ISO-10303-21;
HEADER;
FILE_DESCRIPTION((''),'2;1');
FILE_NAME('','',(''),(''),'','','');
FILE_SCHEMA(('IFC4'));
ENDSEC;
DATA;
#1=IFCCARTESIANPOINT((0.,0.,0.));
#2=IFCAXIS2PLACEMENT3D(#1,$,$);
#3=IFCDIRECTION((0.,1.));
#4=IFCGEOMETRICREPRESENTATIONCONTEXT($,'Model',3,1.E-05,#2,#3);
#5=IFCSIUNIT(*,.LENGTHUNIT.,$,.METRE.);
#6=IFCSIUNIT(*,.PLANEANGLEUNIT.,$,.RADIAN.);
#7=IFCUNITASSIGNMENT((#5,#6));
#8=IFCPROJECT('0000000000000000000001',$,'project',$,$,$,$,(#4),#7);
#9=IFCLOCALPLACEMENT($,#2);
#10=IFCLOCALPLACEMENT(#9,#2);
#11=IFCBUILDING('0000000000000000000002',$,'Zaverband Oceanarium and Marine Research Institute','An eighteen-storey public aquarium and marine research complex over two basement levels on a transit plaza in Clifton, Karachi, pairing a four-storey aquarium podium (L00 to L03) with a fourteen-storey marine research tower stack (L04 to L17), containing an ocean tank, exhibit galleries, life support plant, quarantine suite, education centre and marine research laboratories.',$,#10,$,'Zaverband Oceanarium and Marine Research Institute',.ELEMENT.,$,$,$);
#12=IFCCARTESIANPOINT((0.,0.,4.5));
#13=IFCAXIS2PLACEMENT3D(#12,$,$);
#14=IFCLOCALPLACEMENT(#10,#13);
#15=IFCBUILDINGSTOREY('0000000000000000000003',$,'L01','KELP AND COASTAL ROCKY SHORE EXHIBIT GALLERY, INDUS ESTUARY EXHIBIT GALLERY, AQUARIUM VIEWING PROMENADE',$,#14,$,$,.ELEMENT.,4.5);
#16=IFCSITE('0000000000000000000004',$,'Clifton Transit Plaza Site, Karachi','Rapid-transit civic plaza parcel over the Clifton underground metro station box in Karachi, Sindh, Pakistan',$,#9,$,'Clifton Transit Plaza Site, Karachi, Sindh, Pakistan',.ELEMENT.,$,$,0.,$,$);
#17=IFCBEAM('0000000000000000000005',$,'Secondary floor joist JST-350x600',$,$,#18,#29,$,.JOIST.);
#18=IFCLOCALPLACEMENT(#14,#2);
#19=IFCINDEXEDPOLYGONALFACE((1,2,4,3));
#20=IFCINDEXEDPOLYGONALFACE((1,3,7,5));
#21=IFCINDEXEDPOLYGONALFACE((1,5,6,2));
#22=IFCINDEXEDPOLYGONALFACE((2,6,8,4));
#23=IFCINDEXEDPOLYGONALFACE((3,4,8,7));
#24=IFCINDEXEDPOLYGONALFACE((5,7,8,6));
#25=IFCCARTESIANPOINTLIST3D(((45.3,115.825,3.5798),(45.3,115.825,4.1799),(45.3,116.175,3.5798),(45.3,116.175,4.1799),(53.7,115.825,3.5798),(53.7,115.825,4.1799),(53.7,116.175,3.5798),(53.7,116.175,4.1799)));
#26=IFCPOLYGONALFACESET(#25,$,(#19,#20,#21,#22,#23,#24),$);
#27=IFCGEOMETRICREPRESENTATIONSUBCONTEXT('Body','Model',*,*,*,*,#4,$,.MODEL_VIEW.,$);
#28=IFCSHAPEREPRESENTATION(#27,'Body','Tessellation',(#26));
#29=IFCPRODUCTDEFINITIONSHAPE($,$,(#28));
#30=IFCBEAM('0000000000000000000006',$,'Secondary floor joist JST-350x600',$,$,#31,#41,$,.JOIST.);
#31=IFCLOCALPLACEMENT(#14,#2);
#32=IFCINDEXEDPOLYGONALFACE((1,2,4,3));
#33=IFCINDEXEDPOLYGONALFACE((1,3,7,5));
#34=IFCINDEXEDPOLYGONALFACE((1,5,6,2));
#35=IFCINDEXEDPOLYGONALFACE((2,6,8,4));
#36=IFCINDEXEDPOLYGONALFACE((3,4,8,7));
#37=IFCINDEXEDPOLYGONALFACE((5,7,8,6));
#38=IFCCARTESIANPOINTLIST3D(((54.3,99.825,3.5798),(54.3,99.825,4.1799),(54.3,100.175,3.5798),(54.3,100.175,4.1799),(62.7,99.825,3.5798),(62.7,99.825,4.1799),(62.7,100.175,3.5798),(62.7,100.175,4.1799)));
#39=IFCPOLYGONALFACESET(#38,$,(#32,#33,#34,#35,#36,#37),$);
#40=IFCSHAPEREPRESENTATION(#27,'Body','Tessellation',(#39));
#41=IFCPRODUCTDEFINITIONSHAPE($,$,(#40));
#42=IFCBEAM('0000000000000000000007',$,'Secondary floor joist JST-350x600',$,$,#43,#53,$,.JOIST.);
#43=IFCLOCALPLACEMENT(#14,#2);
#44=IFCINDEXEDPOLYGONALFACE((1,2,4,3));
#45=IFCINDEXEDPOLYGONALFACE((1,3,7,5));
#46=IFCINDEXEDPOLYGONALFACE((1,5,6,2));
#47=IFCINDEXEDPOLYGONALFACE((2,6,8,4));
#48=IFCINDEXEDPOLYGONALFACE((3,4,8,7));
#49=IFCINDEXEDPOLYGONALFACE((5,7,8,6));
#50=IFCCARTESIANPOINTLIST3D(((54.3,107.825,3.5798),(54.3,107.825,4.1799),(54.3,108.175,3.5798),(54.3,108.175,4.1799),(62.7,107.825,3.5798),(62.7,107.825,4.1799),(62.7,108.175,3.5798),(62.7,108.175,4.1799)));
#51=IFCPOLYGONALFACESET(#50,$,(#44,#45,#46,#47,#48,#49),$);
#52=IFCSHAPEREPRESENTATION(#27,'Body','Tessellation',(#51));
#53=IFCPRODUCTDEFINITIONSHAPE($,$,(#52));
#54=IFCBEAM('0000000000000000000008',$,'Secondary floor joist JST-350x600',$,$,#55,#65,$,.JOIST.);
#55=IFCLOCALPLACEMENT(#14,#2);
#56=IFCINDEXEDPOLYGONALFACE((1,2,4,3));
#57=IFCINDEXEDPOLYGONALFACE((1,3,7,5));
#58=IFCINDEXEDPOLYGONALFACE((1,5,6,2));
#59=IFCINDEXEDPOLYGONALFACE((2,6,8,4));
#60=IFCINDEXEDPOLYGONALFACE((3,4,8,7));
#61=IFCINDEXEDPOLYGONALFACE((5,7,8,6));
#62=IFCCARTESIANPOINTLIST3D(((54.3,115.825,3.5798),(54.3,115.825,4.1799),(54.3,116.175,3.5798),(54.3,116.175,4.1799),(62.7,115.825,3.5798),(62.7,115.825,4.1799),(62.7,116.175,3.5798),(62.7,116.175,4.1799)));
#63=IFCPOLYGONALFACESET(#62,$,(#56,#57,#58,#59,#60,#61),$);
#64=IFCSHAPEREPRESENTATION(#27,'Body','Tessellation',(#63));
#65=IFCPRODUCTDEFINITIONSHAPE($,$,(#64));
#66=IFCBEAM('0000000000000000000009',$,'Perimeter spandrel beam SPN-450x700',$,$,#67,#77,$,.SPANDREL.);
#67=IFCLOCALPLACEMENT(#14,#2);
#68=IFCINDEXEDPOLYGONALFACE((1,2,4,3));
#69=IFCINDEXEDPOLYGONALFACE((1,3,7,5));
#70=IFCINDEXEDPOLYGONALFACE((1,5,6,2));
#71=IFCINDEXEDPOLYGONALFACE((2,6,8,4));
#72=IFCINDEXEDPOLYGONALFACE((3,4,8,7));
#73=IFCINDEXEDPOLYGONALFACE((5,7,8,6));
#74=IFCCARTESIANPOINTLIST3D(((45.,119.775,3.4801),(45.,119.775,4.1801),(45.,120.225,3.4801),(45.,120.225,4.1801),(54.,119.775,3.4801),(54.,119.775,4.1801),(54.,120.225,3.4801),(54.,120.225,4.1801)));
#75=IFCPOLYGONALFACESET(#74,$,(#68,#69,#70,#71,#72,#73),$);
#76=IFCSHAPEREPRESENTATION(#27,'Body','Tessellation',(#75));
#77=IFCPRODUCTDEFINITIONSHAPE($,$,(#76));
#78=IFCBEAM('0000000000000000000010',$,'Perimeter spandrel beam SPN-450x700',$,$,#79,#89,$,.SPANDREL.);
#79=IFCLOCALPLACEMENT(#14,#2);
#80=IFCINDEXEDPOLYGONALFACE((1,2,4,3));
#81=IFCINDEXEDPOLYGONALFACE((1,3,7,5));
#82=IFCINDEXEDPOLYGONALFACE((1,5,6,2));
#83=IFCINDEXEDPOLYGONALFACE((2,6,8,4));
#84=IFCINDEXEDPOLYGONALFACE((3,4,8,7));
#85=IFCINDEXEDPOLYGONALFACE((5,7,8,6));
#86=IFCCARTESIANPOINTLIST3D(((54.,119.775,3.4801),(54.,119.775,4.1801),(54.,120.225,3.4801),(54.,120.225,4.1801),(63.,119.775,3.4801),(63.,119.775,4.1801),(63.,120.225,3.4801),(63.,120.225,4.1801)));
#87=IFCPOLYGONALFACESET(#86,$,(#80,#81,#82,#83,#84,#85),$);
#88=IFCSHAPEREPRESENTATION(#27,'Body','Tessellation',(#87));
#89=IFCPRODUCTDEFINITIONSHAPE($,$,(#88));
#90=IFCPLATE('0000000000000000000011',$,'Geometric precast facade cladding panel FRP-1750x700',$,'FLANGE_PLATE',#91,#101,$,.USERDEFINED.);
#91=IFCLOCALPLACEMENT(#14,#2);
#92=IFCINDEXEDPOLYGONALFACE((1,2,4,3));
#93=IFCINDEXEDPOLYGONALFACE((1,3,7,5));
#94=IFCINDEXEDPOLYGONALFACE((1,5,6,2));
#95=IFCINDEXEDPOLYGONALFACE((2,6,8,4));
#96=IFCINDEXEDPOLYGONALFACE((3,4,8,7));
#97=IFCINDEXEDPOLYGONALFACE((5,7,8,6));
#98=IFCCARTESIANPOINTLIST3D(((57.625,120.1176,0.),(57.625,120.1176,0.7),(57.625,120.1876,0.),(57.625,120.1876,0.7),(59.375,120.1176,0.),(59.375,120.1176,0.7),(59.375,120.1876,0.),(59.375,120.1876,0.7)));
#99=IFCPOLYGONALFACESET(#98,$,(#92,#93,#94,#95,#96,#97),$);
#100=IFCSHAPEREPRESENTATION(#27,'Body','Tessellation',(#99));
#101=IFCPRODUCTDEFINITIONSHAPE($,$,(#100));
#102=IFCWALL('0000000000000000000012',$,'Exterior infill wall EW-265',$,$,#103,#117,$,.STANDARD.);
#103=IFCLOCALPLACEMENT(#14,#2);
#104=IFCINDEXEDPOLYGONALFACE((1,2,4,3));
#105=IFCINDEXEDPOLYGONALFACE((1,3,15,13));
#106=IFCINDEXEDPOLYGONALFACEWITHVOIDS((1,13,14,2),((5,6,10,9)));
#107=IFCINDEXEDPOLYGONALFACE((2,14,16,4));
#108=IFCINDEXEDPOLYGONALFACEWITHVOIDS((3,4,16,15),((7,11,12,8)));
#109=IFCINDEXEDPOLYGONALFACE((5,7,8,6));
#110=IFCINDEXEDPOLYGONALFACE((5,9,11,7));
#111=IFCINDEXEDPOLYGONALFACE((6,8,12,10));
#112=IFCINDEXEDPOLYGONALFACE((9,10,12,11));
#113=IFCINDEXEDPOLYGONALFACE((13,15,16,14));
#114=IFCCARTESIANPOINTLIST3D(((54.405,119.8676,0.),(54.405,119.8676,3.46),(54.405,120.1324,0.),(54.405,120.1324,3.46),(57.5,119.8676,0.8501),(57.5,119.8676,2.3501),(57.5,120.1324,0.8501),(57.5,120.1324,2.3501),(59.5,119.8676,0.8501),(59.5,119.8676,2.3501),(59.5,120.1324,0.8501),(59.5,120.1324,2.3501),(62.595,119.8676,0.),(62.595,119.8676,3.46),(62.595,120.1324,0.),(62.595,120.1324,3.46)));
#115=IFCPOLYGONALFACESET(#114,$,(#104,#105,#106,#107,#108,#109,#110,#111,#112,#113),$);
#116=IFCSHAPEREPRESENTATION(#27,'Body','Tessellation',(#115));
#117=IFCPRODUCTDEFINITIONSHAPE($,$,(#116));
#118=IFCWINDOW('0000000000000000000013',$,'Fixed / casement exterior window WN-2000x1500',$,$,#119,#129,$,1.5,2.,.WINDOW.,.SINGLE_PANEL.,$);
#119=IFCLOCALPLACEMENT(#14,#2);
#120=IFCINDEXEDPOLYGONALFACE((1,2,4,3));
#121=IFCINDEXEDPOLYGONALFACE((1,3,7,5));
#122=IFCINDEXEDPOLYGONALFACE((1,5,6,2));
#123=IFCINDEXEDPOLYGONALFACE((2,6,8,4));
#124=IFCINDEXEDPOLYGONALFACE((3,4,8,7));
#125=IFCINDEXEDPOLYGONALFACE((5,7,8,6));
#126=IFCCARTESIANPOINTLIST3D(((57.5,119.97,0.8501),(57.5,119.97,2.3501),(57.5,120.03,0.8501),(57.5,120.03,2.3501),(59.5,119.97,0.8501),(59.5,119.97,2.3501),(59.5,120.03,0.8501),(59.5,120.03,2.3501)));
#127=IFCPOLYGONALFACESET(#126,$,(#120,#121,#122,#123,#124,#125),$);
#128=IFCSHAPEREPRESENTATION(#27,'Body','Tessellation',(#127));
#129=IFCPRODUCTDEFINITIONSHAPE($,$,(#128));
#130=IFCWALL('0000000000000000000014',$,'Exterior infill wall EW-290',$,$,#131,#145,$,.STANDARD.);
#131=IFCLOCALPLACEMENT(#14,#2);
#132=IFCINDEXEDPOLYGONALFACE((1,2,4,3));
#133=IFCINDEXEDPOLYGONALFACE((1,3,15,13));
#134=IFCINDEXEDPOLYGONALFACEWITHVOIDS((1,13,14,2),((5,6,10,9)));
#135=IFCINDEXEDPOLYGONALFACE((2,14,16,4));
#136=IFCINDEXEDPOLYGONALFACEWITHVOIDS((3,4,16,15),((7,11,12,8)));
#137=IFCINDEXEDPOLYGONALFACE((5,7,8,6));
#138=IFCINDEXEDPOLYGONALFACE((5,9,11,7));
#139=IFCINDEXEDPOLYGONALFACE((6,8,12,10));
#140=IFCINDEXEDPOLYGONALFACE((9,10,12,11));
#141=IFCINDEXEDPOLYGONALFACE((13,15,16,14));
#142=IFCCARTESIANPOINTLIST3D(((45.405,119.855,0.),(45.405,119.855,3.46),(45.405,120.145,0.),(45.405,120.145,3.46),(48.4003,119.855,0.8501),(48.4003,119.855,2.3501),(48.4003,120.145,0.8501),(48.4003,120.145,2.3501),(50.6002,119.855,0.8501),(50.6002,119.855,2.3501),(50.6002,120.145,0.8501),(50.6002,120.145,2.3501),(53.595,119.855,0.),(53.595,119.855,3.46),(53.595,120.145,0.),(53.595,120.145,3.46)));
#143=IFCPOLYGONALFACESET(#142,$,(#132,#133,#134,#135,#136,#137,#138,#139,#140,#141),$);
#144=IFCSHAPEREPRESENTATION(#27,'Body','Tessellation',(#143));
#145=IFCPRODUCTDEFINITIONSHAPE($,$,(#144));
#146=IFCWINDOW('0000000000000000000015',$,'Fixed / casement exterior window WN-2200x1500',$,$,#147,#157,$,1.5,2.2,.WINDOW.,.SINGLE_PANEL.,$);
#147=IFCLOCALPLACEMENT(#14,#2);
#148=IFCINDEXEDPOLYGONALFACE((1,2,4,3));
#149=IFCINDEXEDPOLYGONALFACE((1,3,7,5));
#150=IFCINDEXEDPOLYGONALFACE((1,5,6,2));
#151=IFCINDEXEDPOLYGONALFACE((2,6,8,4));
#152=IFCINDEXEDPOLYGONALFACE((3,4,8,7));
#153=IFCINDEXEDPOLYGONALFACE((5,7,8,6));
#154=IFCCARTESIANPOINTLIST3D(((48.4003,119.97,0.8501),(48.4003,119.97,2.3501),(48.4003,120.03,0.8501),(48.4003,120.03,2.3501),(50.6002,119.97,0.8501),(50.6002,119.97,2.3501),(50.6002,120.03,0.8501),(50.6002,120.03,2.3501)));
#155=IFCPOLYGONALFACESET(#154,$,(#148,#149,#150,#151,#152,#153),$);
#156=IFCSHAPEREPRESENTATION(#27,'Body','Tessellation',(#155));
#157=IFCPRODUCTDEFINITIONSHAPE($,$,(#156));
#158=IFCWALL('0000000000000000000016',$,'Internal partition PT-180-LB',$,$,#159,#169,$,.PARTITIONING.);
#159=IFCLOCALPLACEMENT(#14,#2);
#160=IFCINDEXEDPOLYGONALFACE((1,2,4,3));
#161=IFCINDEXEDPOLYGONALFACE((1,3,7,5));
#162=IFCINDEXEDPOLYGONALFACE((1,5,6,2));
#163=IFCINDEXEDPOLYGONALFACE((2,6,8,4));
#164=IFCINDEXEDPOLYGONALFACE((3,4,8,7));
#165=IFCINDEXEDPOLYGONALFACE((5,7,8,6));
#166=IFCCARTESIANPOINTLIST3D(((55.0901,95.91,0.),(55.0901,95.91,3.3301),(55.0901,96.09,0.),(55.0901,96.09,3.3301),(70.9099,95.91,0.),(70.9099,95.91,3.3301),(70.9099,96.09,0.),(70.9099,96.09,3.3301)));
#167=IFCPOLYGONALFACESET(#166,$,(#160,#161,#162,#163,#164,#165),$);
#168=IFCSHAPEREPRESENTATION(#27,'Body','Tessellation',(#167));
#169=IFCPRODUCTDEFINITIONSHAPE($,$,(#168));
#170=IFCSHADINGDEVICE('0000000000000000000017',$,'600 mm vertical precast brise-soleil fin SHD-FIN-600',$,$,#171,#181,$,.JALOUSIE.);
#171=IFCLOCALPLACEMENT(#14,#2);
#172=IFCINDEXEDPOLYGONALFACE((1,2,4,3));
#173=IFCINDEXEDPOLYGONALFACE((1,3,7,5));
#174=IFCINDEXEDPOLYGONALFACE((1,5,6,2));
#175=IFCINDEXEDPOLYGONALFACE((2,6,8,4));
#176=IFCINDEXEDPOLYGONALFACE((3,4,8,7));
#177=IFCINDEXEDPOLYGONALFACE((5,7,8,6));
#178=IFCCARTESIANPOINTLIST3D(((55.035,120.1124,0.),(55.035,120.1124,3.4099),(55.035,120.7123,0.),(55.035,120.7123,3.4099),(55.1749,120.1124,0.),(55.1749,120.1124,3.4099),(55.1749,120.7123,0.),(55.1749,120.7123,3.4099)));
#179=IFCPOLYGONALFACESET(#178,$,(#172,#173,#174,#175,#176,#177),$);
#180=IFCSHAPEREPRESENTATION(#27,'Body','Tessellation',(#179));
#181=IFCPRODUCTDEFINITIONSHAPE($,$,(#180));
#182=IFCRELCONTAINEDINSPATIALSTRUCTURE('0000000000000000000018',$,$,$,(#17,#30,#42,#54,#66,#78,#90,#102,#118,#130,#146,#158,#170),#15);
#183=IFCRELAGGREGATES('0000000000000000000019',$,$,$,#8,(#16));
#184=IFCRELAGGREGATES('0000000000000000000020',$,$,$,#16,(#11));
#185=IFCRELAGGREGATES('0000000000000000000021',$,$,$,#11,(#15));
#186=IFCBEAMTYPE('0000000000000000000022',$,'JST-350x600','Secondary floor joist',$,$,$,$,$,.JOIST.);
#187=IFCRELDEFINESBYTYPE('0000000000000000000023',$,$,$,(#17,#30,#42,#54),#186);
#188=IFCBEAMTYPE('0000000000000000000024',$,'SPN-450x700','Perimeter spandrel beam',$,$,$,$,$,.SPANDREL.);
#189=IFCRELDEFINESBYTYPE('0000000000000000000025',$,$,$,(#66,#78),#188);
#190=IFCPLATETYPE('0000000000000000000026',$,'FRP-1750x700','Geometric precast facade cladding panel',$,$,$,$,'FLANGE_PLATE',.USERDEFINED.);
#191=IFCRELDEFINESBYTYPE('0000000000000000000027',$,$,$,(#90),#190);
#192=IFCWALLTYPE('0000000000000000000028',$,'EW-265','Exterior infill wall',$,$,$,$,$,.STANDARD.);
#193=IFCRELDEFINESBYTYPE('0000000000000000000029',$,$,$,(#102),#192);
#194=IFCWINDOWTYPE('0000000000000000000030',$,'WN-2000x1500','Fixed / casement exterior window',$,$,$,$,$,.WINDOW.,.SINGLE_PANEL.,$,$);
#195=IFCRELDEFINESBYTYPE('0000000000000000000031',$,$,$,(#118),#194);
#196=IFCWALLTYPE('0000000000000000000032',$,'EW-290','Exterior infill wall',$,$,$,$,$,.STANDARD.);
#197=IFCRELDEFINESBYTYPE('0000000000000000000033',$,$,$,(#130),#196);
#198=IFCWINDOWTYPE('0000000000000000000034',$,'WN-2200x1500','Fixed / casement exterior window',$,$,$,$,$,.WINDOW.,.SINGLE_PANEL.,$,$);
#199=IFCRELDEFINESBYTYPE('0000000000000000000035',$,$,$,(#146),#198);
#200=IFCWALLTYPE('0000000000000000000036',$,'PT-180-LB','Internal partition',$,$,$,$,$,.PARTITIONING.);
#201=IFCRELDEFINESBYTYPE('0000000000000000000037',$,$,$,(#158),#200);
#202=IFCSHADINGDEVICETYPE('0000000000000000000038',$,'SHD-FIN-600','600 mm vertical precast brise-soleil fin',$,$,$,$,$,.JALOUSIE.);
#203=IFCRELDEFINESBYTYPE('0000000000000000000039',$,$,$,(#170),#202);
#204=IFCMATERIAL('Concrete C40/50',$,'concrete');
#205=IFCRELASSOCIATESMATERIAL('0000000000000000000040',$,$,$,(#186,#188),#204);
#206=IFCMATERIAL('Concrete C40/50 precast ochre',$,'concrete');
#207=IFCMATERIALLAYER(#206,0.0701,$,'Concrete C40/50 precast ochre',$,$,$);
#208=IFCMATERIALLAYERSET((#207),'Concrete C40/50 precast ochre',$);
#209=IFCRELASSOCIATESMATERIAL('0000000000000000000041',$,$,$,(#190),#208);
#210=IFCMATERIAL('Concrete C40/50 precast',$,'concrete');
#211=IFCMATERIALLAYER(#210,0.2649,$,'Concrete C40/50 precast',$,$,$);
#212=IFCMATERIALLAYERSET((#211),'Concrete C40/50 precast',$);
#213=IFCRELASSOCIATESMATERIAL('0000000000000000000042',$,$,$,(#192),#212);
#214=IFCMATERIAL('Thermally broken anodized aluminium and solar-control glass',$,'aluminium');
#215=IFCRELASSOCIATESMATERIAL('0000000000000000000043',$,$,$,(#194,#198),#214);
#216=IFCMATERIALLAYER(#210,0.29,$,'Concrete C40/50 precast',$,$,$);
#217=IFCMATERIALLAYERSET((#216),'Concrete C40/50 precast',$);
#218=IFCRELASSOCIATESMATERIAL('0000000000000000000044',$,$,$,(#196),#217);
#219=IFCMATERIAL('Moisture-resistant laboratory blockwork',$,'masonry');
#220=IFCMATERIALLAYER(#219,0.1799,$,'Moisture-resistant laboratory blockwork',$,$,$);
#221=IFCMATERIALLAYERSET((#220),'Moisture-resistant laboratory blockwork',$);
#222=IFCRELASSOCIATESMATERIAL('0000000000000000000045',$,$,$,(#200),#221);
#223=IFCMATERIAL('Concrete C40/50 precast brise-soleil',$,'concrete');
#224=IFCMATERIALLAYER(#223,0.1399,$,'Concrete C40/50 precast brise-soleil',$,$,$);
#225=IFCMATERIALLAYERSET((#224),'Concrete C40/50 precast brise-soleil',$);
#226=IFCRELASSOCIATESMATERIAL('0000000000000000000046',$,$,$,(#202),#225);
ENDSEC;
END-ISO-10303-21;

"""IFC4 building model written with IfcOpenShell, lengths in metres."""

from ifc_helpers import new_model, si_unit, direction, frame, frame_2d, origin, origin_2d, place, context, subcontext, project, spatial, rectangle, extrude, material, layer, layer_set, material_profile, profile_set, type_object, element, fill, save


model = new_model("IFC4")

# Units and contexts
model_context = context("Model", 3, precision=1e-05, world=origin(), true_north=direction((0.0, 1.0)))
body_context = subcontext(model_context, "Body", "Model", "MODEL_VIEW")
ifc_project = project(units=[si_unit("LENGTHUNIT", "METRE"), si_unit("PLANEANGLEUNIT", "RADIAN")], contexts=[model_context])

# Site, building, storey
site_placement = place(None, origin())
site = spatial("IfcSite", under=ifc_project, at=site_placement, Name="Clifton Transit Plaza Site, Karachi", Description="Rapid-transit civic plaza parcel over the Clifton underground metro station box in Karachi, Sindh, Pakistan", LongName="Clifton Transit Plaza Site, Karachi, Sindh, Pakistan", CompositionType="ELEMENT", RefElevation=0.0)
building_placement = place(site_placement, origin())
building = spatial("IfcBuilding", under=site, at=building_placement, Name="Zaverband Oceanarium and Marine Research Institute", Description="An eighteen-storey public aquarium and marine research complex over two basement levels on a transit plaza in Clifton, Karachi, pairing a four-storey aquarium podium (L00 to L03) with a fourteen-storey marine research tower stack (L04 to L17), containing an ocean tank, exhibit galleries, life support plant, quarantine suite, education centre and marine research laboratories.", LongName="Zaverband Oceanarium and Marine Research Institute", CompositionType="ELEMENT")
storey_placement = place(building_placement, frame((0.0, 0.0, 4.5)))
storey = spatial("IfcBuildingStorey", under=building, at=storey_placement, Name="L01", Description="KELP AND COASTAL ROCKY SHORE EXHIBIT GALLERY, INDUS ESTUARY EXHIBIT GALLERY, AQUARIUM VIEWING PROMENADE", CompositionType="ELEMENT", Elevation=4.5)

# Beams
ifc_material_1 = material(Name="Concrete C40/50", Category="concrete")
ifc_material_profile_1 = material_profile(ifc_material_1, rectangle(XDim=0.3501, YDim=0.6001, at=origin_2d()), Name="RC350x600")
ifc_profile_set_1 = profile_set([ifc_material_profile_1], Name="Concrete C40/50")
beam_type_1 = type_object("IfcBeamType", Name="JST-350x600", Description="Secondary floor joist", PredefinedType="JOIST", material=ifc_profile_set_1)
for number, where, z_axis, x_axis, name in (
    (1, (45.3, 116.0, 3.8799), (1.0, 0.0, 0.0), (0.0, 1.0, 0.0), "Secondary floor joist JST-350x600"),
    (2, (54.3, 100.0, 3.8799), (1.0, 0.0, 0.0), (0.0, 1.0, 0.0), "Secondary floor joist JST-350x600"),
    (3, (54.3, 108.0, 3.8799), (1.0, 0.0, 0.0), (0.0, 1.0, 0.0), "Secondary floor joist JST-350x600"),
    (4, (54.3, 116.0, 3.8799), (1.0, 0.0, 0.0), (0.0, 1.0, 0.0), "Secondary floor joist JST-350x600"),
):
    element("IfcBeam", number, at=place(storey_placement, frame(where, z_axis=z_axis, x_axis=x_axis)), inside=storey, type_object=beam_type_1, Name=name, PredefinedType="JOIST", context=body_context, shape_type="SweptSolid", body=[
        extrude(rectangle(XDim=0.3501, YDim=0.6001, at=origin_2d()), origin(), (0.0, 0.0, 1.0), 8.3999),
    ])
ifc_material_profile_2 = material_profile(ifc_material_1, rectangle(XDim=0.45, YDim=0.7, at=origin_2d()), Name="RC450x700")
ifc_profile_set_2 = profile_set([ifc_material_profile_2], Name="Concrete C40/50")
beam_type_2 = type_object("IfcBeamType", Name="SPN-450x700", Description="Perimeter spandrel beam", PredefinedType="SPANDREL", material=ifc_profile_set_2)
for number, where, z_axis, x_axis, name in (
    (5, (45.0, 120.0, 3.8301), (1.0, 0.0, 0.0), (0.0, 1.0, 0.0), "Perimeter spandrel beam SPN-450x700"),
    (6, (54.0, 120.0, 3.8301), (1.0, 0.0, 0.0), (0.0, 1.0, 0.0), "Perimeter spandrel beam SPN-450x700"),
):
    element("IfcBeam", number, at=place(storey_placement, frame(where, z_axis=z_axis, x_axis=x_axis)), inside=storey, type_object=beam_type_2, Name=name, PredefinedType="SPANDREL", context=body_context, shape_type="SweptSolid", body=[
        extrude(rectangle(XDim=0.45, YDim=0.7, at=origin_2d()), origin(), (0.0, 0.0, 1.0), 9.0),
    ])

# Plate
ifc_material_2 = material(Name="Concrete C40/50 precast ochre", Category="concrete")
ifc_layer_1 = layer(ifc_material_2, 0.0701, Name="Concrete C40/50 precast ochre")
ifc_layer_set_1 = layer_set([ifc_layer_1], Name="Concrete C40/50 precast ochre")
plate_type = type_object("IfcPlateType", Name="FRP-1750x700", Description="Geometric precast facade cladding panel", ElementType="FLANGE_PLATE", PredefinedType="USERDEFINED", material=ifc_layer_set_1)
plate_placement = place(storey_placement, frame((57.625, 120.1526, 0.0), z_axis=(0.0, 0.0, 1.0), x_axis=(1.0, 0.0, 0.0)))
element("IfcPlate", 7, at=plate_placement, inside=storey, type_object=plate_type, Name="Geometric precast facade cladding panel FRP-1750x700", ObjectType="FLANGE_PLATE", PredefinedType="USERDEFINED", context=body_context, shape_type="SweptSolid", body=[
    extrude(rectangle(XDim=1.75, YDim=0.0701, at=frame_2d((0.875, 0.0))), origin(), (0.0, 0.0, 1.0), 0.7),
])

# Walls, openings, windows
ifc_material_3 = material(Name="Concrete C40/50 precast", Category="concrete")
ifc_layer_2 = layer(ifc_material_3, 0.2649, Name="Concrete C40/50 precast")
ifc_layer_set_2 = layer_set([ifc_layer_2], Name="Concrete C40/50 precast")
wall_type_1 = type_object("IfcWallType", Name="EW-265", Description="Exterior infill wall", PredefinedType="STANDARD", material=ifc_layer_set_2)
wall_1_placement = place(storey_placement, frame((54.405, 120.0, 0.0), z_axis=(0.0, 0.0, 1.0), x_axis=(1.0, 0.0, 0.0)))
wall_1 = element("IfcWall", 8, at=wall_1_placement, inside=storey, type_object=wall_type_1, Name="Exterior infill wall EW-265", PredefinedType="STANDARD", context=body_context, shape_type="SweptSolid", body=[
    extrude(rectangle(XDim=8.1899, YDim=0.2649, at=frame_2d((4.095, 0.0))), origin(), (0.0, 0.0, 1.0), 3.46),
])
opening_1_placement = place(wall_1_placement, frame((3.095, 0.0, 0.8501)))
opening_1 = element("IfcOpeningElement", 9, at=opening_1_placement, cuts=wall_1, PredefinedType="OPENING", context=body_context, shape_type="SweptSolid", body=[
    extrude(rectangle(XDim=2.0, YDim=1.5, at=frame_2d((1.0, 0.75))), frame((0.0, 0.1445, 0.0), z_axis=(0.0, -1.0, 0.0), x_axis=(1.0, 0.0, 0.0)), (0.0, 0.0, 1.0), 0.2888),
])
ifc_material_4 = material(Name="Thermally broken anodized aluminium and solar-control glass", Category="aluminium")
window_type_1 = type_object("IfcWindowType", Name="WN-2000x1500", Description="Fixed / casement exterior window", PartitioningType="SINGLE_PANEL", PredefinedType="WINDOW", material=ifc_material_4)
window_1_placement = place(opening_1_placement, origin())
window_1 = element("IfcWindow", 10, at=window_1_placement, inside=storey, type_object=window_type_1, Name="Fixed / casement exterior window WN-2000x1500", OverallHeight=1.5, OverallWidth=2.0, PartitioningType="SINGLE_PANEL", PredefinedType="WINDOW", context=body_context, shape_type="SweptSolid", body=[
    extrude(rectangle(XDim=2.0, YDim=1.5, at=frame_2d((1.0, 0.75))), frame((0.0, 0.03, 0.0), z_axis=(0.0, -1.0, 0.0), x_axis=(1.0, 0.0, 0.0)), (0.0, 0.0, 1.0), 0.0601),
])
fill(opening_1, window_1)
ifc_layer_3 = layer(ifc_material_3, 0.29, Name="Concrete C40/50 precast")
ifc_layer_set_3 = layer_set([ifc_layer_3], Name="Concrete C40/50 precast")
wall_type_2 = type_object("IfcWallType", Name="EW-290", Description="Exterior infill wall", PredefinedType="STANDARD", material=ifc_layer_set_3)
wall_2_placement = place(storey_placement, frame((45.405, 120.0, 0.0), z_axis=(0.0, 0.0, 1.0), x_axis=(1.0, 0.0, 0.0)))
wall_2 = element("IfcWall", 11, at=wall_2_placement, inside=storey, type_object=wall_type_2, Name="Exterior infill wall EW-290", PredefinedType="STANDARD", context=body_context, shape_type="SweptSolid", body=[
    extrude(rectangle(XDim=8.1899, YDim=0.29, at=frame_2d((4.095, 0.0))), origin(), (0.0, 0.0, 1.0), 3.46),
])
opening_2_placement = place(wall_2_placement, frame((2.9951, 0.0, 0.8501)))
opening_2 = element("IfcOpeningElement", 12, at=opening_2_placement, cuts=wall_2, PredefinedType="OPENING", context=body_context, shape_type="SweptSolid", body=[
    extrude(rectangle(XDim=2.2, YDim=1.5, at=frame_2d((1.1001, 0.75))), frame((0.0, 0.157, 0.0), z_axis=(0.0, -1.0, 0.0), x_axis=(1.0, 0.0, 0.0)), (0.0, 0.0, 1.0), 0.314),
])
window_type_2 = type_object("IfcWindowType", Name="WN-2200x1500", Description="Fixed / casement exterior window", PartitioningType="SINGLE_PANEL", PredefinedType="WINDOW", material=ifc_material_4)
window_2_placement = place(opening_2_placement, origin())
window_2 = element("IfcWindow", 13, at=window_2_placement, inside=storey, type_object=window_type_2, Name="Fixed / casement exterior window WN-2200x1500", OverallHeight=1.5, OverallWidth=2.2, PartitioningType="SINGLE_PANEL", PredefinedType="WINDOW", context=body_context, shape_type="SweptSolid", body=[
    extrude(rectangle(XDim=2.2, YDim=1.5, at=frame_2d((1.1001, 0.75))), frame((0.0, 0.03, 0.0), z_axis=(0.0, -1.0, 0.0), x_axis=(1.0, 0.0, 0.0)), (0.0, 0.0, 1.0), 0.0601),
])
fill(opening_2, window_2)

# Wall
ifc_material_5 = material(Name="Moisture-resistant laboratory blockwork", Category="masonry")
ifc_layer_4 = layer(ifc_material_5, 0.1799, Name="Moisture-resistant laboratory blockwork")
ifc_layer_set_4 = layer_set([ifc_layer_4], Name="Moisture-resistant laboratory blockwork")
wall_type_3 = type_object("IfcWallType", Name="PT-180-LB", Description="Internal partition", PredefinedType="PARTITIONING", material=ifc_layer_set_4)
wall_3_placement = place(storey_placement, frame((55.0901, 96.0, 0.0), z_axis=(0.0, 0.0, 1.0), x_axis=(1.0, 0.0, 0.0)))
element("IfcWall", 14, at=wall_3_placement, inside=storey, type_object=wall_type_3, Name="Internal partition PT-180-LB", PredefinedType="PARTITIONING", context=body_context, shape_type="SweptSolid", body=[
    extrude(rectangle(XDim=15.8198, YDim=0.1799, at=frame_2d((7.9099, 0.0))), origin(), (0.0, 0.0, 1.0), 3.3301),
])

# Shading device
ifc_material_6 = material(Name="Concrete C40/50 precast brise-soleil", Category="concrete")
ifc_layer_5 = layer(ifc_material_6, 0.1399, Name="Concrete C40/50 precast brise-soleil")
ifc_layer_set_5 = layer_set([ifc_layer_5], Name="Concrete C40/50 precast brise-soleil")
shading_device_type = type_object("IfcShadingDeviceType", Name="SHD-FIN-600", Description="600 mm vertical precast brise-soleil fin", PredefinedType="JALOUSIE", material=ifc_layer_set_5)
shading_device_placement = place(storey_placement, frame((55.105, 120.1125, 0.0), z_axis=(0.0, 0.0, 1.0), x_axis=(0.0, 1.0, 0.0)))
element("IfcShadingDevice", 15, at=shading_device_placement, inside=storey, type_object=shading_device_type, Name="600 mm vertical precast brise-soleil fin SHD-FIN-600", PredefinedType="JALOUSIE", context=body_context, shape_type="SweptSolid", body=[
    extrude(rectangle(XDim=0.5999, YDim=0.1399, at=frame_2d((0.2998, 0.0))), origin(), (0.0, 0.0, 1.0), 3.4099),
])

save(model, "model.ifc")
